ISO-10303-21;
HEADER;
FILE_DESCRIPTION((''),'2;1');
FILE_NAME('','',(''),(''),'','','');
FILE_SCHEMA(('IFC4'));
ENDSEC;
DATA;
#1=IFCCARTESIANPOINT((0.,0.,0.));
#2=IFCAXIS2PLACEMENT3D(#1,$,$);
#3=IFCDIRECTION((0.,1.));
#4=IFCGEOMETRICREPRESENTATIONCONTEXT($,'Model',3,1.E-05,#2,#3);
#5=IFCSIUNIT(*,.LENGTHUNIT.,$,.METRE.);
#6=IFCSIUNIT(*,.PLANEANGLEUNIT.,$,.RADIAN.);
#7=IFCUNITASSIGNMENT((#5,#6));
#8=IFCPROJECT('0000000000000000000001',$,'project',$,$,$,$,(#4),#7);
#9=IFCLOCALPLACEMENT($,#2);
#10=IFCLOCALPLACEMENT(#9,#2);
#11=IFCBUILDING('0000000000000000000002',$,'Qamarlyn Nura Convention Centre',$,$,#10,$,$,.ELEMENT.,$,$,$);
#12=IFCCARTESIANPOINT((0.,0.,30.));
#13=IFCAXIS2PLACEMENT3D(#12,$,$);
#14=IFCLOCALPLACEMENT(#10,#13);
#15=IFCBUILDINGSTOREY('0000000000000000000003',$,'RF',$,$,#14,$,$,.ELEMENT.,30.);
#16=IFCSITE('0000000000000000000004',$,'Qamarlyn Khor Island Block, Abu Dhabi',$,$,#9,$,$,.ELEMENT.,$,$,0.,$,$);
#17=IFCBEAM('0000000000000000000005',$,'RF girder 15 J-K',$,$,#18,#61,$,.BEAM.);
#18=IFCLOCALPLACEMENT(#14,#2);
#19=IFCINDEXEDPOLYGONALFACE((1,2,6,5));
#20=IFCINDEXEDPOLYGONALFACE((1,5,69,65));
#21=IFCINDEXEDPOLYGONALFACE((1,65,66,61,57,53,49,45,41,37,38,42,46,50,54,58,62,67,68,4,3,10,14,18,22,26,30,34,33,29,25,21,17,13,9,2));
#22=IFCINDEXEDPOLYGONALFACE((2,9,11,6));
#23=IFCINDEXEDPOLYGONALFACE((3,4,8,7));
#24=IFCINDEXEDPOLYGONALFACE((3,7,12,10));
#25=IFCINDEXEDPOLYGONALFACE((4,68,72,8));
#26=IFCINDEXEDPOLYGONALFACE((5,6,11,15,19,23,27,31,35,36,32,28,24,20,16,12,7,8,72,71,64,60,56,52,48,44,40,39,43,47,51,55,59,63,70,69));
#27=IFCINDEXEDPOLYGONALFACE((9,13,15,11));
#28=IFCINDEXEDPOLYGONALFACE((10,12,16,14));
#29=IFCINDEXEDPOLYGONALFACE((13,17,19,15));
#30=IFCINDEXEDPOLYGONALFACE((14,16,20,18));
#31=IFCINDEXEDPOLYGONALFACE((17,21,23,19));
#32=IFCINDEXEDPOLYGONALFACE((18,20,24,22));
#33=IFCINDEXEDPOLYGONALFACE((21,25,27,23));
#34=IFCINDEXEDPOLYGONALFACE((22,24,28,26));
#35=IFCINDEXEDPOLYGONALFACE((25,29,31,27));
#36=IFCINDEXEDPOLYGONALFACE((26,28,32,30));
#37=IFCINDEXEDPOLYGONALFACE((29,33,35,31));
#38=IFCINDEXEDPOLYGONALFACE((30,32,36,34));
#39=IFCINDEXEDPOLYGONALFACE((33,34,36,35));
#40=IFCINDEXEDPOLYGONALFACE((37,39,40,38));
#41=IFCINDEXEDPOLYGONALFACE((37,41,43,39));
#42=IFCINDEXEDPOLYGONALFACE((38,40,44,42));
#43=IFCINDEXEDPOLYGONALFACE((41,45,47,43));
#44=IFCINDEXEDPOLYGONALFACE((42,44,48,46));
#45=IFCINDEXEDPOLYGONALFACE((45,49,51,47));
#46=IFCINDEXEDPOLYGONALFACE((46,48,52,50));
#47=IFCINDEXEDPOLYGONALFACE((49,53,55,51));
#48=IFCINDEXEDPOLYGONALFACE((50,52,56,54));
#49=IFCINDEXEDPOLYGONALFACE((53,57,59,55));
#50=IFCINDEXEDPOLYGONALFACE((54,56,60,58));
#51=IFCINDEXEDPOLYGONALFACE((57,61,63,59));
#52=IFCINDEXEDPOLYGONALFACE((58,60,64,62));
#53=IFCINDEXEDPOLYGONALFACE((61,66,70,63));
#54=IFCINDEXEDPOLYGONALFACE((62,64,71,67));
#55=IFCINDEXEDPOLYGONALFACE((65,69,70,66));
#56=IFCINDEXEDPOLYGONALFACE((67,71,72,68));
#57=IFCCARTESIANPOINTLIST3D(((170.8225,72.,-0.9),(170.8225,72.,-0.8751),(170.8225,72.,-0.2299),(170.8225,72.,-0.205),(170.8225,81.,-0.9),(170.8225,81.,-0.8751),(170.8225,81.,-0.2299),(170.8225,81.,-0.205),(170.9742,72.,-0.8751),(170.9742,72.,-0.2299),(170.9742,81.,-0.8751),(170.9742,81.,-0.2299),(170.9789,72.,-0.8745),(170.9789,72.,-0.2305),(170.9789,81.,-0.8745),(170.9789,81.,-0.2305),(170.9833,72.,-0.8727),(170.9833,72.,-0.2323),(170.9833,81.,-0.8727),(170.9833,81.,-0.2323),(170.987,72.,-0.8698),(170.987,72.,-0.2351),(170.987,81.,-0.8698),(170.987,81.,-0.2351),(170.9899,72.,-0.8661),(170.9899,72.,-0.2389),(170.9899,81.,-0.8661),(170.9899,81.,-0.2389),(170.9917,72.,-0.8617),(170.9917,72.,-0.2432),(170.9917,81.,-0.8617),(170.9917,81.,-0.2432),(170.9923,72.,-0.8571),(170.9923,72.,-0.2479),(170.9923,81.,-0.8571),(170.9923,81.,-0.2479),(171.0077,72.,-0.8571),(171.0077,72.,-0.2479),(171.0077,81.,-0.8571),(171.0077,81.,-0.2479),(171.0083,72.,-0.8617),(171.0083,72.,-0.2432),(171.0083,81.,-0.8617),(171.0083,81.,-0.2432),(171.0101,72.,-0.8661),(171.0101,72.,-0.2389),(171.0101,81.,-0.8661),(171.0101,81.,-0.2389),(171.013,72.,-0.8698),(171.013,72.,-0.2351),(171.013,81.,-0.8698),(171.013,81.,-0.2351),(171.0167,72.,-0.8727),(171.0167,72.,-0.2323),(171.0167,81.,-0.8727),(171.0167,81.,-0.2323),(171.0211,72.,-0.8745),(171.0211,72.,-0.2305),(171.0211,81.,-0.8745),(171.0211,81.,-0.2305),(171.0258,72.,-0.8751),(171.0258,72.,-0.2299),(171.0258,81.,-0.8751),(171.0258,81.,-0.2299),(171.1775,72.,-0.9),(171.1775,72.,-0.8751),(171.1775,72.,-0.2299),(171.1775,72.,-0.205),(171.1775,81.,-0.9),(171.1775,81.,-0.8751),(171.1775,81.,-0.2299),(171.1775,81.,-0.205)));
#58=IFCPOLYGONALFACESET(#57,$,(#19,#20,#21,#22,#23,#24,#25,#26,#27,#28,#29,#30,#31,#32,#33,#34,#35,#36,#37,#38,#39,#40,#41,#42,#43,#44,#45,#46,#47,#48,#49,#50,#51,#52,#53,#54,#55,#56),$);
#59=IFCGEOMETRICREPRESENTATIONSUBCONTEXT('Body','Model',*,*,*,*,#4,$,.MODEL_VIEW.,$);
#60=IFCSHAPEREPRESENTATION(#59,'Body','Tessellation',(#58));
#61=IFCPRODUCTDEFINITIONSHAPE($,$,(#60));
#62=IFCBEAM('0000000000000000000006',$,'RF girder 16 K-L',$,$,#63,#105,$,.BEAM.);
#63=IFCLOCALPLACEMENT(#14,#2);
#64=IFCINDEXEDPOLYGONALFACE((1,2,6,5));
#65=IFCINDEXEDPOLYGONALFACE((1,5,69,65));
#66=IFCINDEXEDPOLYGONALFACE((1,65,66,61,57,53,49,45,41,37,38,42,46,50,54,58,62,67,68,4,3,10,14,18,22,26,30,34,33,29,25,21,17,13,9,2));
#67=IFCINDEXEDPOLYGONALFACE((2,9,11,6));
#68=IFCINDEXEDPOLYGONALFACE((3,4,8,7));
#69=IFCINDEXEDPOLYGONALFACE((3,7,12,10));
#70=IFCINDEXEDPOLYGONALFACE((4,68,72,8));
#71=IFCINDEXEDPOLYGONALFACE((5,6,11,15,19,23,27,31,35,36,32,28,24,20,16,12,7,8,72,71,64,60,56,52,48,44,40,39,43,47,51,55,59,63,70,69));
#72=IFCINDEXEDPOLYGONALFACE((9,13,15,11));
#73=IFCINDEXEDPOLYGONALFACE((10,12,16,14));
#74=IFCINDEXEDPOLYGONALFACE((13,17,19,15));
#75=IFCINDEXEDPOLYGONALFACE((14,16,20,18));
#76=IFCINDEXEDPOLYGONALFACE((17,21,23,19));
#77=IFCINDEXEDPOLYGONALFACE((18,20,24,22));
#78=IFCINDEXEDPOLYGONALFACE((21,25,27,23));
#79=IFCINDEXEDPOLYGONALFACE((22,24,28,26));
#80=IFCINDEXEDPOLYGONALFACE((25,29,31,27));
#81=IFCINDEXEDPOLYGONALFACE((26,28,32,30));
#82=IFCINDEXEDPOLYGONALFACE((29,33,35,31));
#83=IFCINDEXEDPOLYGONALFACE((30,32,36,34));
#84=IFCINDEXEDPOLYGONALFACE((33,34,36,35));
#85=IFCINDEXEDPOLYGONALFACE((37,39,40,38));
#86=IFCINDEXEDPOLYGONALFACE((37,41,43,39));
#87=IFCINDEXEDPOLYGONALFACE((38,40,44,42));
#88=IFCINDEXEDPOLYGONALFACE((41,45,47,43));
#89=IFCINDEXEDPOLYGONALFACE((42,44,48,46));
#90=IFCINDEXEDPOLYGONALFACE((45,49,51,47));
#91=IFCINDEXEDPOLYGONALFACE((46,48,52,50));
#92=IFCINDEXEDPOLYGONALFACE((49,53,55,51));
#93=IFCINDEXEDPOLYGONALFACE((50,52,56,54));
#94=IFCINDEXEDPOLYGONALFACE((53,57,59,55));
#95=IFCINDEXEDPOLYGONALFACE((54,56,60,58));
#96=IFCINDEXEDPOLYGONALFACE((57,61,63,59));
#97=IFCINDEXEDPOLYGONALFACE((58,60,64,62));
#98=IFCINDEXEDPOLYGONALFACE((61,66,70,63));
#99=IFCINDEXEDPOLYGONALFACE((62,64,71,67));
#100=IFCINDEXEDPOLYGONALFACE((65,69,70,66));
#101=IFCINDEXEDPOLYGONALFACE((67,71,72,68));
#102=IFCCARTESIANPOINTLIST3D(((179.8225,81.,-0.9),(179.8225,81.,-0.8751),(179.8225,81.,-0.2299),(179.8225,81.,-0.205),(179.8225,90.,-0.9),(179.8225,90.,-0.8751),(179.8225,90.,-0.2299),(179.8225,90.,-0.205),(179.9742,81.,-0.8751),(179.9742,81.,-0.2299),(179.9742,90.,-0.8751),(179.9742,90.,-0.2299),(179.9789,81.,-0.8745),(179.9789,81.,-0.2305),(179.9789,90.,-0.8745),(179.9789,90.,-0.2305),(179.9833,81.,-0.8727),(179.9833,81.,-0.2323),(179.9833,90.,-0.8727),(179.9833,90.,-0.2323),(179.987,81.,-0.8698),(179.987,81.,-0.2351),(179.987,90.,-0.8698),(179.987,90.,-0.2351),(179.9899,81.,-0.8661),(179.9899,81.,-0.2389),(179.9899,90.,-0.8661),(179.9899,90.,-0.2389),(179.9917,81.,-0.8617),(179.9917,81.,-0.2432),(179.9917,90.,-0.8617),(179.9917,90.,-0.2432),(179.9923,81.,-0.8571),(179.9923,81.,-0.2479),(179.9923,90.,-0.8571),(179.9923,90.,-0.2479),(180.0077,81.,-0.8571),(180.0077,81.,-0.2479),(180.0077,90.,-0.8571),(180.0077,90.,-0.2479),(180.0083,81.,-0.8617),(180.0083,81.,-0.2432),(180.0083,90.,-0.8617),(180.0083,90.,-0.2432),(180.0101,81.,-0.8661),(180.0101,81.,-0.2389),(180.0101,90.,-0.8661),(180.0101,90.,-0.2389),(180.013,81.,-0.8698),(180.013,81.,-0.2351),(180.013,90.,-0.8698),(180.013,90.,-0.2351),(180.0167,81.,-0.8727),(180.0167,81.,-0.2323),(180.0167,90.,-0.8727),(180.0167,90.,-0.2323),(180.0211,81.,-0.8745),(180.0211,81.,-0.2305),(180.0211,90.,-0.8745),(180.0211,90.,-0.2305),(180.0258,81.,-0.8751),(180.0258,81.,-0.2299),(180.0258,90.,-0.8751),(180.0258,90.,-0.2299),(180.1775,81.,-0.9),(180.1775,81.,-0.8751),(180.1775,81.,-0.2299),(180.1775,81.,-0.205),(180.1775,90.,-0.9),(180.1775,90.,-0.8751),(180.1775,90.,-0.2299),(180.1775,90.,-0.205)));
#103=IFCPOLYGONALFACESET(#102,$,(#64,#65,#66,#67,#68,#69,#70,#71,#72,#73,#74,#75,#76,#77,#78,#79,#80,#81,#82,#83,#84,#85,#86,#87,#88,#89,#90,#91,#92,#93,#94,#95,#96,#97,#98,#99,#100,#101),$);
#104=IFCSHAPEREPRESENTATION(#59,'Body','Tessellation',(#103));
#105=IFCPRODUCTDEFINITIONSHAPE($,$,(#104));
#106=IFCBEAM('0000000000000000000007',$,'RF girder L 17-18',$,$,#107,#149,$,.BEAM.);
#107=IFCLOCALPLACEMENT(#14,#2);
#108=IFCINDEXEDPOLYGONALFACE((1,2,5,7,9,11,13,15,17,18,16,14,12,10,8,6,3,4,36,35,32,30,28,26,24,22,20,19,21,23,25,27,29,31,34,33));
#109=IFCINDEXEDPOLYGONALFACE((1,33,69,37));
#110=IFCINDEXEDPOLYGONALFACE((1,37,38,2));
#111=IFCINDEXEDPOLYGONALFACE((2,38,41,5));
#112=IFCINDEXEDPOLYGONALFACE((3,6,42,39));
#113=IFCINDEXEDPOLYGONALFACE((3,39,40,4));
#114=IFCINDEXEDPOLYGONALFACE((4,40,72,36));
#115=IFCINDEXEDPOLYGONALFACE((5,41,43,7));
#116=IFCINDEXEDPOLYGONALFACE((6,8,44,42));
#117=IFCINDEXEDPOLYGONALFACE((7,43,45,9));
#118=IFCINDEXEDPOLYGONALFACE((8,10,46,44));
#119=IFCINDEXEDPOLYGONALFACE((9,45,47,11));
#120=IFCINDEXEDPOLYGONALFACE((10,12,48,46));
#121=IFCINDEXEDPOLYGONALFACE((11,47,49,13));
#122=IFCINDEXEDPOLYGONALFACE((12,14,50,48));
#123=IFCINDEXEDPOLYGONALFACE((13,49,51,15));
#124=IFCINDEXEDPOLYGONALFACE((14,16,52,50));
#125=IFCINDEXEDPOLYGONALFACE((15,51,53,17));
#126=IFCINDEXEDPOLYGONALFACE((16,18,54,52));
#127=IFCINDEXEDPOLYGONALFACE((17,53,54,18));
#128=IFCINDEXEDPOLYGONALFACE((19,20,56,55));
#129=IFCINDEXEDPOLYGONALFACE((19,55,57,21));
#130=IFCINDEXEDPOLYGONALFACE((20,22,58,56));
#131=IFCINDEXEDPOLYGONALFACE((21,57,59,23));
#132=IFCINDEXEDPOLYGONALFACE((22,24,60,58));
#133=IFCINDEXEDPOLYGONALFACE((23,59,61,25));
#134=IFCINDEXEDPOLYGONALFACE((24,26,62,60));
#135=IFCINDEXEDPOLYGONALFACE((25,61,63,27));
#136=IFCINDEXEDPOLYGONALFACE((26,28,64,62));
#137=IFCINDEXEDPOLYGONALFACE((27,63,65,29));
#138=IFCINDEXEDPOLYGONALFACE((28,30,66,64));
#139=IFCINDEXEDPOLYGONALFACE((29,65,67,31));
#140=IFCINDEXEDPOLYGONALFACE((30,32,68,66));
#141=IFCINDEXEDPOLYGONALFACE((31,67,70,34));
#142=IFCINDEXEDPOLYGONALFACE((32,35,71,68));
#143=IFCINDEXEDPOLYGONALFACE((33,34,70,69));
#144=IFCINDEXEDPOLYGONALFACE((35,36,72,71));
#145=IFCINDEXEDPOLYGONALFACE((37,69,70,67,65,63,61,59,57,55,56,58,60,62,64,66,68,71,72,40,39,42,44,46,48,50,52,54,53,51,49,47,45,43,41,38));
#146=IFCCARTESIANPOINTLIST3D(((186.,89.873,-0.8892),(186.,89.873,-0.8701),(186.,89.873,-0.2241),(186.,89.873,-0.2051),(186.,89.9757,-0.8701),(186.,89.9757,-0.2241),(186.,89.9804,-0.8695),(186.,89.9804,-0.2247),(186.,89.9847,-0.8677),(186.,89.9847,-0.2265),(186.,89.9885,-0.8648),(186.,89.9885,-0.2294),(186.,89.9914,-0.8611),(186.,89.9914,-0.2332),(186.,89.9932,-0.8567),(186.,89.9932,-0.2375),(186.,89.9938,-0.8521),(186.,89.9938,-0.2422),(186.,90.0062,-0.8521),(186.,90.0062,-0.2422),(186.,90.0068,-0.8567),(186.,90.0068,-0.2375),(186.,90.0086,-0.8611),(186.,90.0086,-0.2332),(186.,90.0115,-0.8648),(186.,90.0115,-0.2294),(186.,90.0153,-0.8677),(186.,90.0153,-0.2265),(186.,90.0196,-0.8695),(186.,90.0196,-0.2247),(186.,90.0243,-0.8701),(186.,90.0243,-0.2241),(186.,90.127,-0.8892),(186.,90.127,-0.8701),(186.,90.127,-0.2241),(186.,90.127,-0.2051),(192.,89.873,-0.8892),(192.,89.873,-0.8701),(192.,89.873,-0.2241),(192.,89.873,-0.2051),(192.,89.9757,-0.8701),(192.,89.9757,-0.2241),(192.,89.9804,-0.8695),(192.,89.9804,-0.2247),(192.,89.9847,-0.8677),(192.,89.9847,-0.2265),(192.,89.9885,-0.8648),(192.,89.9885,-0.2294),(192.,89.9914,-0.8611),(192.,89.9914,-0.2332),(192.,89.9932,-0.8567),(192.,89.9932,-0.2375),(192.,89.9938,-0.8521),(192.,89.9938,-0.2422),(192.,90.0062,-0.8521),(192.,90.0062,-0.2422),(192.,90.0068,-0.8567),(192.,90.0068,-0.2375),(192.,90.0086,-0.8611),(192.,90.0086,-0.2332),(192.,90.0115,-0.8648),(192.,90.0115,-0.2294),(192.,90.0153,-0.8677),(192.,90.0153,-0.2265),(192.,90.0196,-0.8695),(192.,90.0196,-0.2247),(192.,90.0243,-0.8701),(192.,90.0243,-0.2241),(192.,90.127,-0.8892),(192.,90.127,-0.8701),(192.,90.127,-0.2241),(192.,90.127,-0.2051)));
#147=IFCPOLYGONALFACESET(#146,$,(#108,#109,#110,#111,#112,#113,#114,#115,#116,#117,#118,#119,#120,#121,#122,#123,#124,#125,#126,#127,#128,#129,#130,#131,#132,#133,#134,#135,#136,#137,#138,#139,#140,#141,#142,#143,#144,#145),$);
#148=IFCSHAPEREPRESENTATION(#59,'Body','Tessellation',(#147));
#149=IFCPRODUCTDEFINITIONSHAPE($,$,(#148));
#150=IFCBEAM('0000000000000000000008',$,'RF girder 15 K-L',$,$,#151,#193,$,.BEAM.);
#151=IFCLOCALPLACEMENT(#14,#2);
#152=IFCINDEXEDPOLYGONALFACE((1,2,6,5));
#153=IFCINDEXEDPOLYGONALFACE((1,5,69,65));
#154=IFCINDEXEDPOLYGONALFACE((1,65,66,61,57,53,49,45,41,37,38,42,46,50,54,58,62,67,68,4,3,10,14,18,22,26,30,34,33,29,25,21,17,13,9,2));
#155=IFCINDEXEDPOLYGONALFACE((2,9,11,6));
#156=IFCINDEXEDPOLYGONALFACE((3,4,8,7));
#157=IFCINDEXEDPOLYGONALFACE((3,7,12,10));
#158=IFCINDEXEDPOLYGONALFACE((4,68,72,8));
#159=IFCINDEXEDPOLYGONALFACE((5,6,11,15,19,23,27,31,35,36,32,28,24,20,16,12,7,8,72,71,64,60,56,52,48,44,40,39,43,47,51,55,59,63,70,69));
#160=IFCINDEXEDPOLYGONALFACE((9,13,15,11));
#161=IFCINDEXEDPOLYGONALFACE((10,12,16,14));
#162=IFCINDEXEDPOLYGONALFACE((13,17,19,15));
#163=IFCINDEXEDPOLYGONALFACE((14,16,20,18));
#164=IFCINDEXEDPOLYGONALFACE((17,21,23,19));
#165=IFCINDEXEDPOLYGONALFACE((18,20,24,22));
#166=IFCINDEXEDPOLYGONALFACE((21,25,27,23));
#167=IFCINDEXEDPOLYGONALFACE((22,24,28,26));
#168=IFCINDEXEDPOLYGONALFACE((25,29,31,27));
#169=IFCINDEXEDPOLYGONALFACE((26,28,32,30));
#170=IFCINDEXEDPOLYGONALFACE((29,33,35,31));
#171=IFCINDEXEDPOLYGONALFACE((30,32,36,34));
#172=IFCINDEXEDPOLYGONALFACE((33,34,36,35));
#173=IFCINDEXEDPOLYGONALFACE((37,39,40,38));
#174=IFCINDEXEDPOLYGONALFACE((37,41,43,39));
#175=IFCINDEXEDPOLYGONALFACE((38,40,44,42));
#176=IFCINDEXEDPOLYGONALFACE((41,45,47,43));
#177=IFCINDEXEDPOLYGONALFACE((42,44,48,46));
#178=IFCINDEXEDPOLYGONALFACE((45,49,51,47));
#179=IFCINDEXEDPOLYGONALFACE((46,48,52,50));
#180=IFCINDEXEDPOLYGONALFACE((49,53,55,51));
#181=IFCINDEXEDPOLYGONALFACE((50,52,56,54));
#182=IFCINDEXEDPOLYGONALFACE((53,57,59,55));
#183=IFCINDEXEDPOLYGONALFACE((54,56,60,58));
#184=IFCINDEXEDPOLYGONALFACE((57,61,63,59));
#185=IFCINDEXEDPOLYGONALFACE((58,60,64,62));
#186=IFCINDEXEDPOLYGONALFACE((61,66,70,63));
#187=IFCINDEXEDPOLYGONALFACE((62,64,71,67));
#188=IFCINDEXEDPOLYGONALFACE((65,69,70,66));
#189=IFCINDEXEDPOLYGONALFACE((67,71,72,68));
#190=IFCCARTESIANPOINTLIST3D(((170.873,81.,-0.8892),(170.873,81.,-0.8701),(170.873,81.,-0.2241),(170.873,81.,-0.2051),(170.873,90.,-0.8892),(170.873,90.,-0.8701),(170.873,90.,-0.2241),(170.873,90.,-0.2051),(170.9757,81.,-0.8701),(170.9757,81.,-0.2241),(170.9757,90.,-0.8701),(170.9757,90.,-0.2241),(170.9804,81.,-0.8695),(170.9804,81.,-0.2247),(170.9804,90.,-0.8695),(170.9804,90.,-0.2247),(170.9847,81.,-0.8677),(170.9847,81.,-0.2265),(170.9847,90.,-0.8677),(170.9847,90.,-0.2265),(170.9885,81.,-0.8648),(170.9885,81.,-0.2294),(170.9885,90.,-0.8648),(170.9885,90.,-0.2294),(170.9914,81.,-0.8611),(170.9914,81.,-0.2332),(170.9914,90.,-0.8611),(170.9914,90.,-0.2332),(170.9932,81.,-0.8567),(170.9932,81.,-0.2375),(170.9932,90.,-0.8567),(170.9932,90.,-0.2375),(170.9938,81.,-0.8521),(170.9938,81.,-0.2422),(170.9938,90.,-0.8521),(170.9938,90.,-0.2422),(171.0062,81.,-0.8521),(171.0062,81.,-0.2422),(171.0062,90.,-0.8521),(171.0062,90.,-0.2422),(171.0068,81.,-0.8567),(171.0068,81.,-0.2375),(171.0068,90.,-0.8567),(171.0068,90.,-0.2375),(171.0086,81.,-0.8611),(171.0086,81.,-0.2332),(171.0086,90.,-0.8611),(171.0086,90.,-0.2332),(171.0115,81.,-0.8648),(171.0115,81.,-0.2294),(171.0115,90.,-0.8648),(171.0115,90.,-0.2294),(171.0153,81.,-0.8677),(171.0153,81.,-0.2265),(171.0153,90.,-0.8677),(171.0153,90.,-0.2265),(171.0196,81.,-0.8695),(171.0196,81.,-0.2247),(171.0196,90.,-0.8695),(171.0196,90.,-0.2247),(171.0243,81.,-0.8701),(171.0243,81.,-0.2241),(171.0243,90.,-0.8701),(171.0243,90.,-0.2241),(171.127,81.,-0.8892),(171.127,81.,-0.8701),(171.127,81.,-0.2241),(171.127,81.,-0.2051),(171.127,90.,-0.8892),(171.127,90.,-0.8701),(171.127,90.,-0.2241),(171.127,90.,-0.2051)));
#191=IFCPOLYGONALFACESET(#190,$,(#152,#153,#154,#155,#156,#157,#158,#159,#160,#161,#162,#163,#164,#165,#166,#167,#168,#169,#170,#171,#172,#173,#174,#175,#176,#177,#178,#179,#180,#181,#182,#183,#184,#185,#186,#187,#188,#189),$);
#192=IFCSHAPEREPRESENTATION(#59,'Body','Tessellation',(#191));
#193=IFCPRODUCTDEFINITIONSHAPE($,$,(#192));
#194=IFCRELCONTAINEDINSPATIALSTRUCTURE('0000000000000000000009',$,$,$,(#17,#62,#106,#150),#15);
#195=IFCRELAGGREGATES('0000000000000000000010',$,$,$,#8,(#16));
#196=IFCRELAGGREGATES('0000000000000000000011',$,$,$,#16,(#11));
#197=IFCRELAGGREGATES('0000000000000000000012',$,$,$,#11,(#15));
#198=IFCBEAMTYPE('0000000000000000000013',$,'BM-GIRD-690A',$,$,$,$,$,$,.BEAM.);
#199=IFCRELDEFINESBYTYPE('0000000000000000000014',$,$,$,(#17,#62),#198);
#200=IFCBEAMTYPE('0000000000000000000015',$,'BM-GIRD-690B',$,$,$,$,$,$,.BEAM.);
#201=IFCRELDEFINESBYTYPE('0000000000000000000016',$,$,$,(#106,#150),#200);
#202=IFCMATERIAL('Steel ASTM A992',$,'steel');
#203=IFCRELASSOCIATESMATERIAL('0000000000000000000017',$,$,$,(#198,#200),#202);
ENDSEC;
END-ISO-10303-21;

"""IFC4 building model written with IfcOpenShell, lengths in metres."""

from ifc_helpers import new_model, si_unit, direction, frame, origin, origin_2d, place, context, subcontext, project, spatial, i_section, extrude, material, material_profile, profile_set, type_object, element, save


model = new_model("IFC4")

# Units and contexts
model_context = context("Model", 3, precision=1e-05, world=origin(), true_north=direction((0.0, 1.0)))
body_context = subcontext(model_context, "Body", "Model", "MODEL_VIEW")
ifc_project = project(units=[si_unit("LENGTHUNIT", "METRE"), si_unit("PLANEANGLEUNIT", "RADIAN")], contexts=[model_context])

# Site, building, storey
site_placement = place(None, origin())
site = spatial("IfcSite", under=ifc_project, at=site_placement, Name="Qamarlyn Khor Island Block, Abu Dhabi", CompositionType="ELEMENT", RefElevation=0.0)
building_placement = place(site_placement, origin())
building = spatial("IfcBuilding", under=site, at=building_placement, Name="Qamarlyn Nura Convention Centre", CompositionType="ELEMENT")
storey_placement = place(building_placement, frame((0.0, 0.0, 30.0)))
storey = spatial("IfcBuildingStorey", under=building, at=storey_placement, Name="RF", CompositionType="ELEMENT", Elevation=30.0)

# Beams
ifc_material_1 = material(Name="Steel ASTM A992", Category="steel")
ifc_material_profile_1 = material_profile(ifc_material_1, i_section(OverallWidth=0.355, OverallDepth=0.6951, WebThickness=0.0154, FlangeThickness=0.0249, FilletRadius=0.0181, at=origin_2d()), Name="W690X217")
ifc_profile_set_1 = profile_set([ifc_material_profile_1], Name="Steel ASTM A992")
beam_type_1 = type_object("IfcBeamType", Name="BM-GIRD-690A", PredefinedType="BEAM", material=ifc_profile_set_1)
for number, where, z_axis, x_axis, name in (
    (1, (171.0, 72.0, -0.5525), (0.0, 1.0, 0.0), (-1.0, 0.0, 0.0), "RF girder 15 J-K"),
    (2, (180.0, 81.0, -0.5525), (0.0, 1.0, 0.0), (-1.0, 0.0, 0.0), "RF girder 16 K-L"),
):
    element("IfcBeam", number, at=place(storey_placement, frame(where, z_axis=z_axis, x_axis=x_axis)), inside=storey, type_object=beam_type_1, Name=name, PredefinedType="BEAM", context=body_context, shape_type="SweptSolid", body=[
        extrude(i_section(OverallWidth=0.355, OverallDepth=0.6951, WebThickness=0.0154, FlangeThickness=0.0249, FilletRadius=0.0181, at=origin_2d()), origin(), (0.0, 0.0, 1.0), 9.0),
    ])
ifc_material_profile_2 = material_profile(ifc_material_1, i_section(OverallWidth=0.2539, OverallDepth=0.6841, WebThickness=0.0125, FlangeThickness=0.019, FilletRadius=0.0181, at=origin_2d()), Name="W690X140")
ifc_profile_set_2 = profile_set([ifc_material_profile_2], Name="Steel ASTM A992")
beam_type_2 = type_object("IfcBeamType", Name="BM-GIRD-690B", PredefinedType="BEAM", material=ifc_profile_set_2)
beam_1_placement = place(storey_placement, frame((186.0, 90.0, -0.5471), z_axis=(1.0, 0.0, 0.0), x_axis=(0.0, 1.0, 0.0)))
element("IfcBeam", 3, at=beam_1_placement, inside=storey, type_object=beam_type_2, Name="RF girder L 17-18", PredefinedType="BEAM", context=body_context, shape_type="SweptSolid", body=[
    extrude(i_section(OverallWidth=0.2539, OverallDepth=0.6841, WebThickness=0.0125, FlangeThickness=0.019, FilletRadius=0.0181, at=origin_2d()), origin(), (0.0, 0.0, 1.0), 6.0),
])
beam_2_placement = place(storey_placement, frame((171.0, 81.0, -0.5471), z_axis=(0.0, 1.0, 0.0), x_axis=(-1.0, 0.0, 0.0)))
element("IfcBeam", 4, at=beam_2_placement, inside=storey, type_object=beam_type_2, Name="RF girder 15 K-L", PredefinedType="BEAM", context=body_context, shape_type="SweptSolid", body=[
    extrude(i_section(OverallWidth=0.2539, OverallDepth=0.6841, WebThickness=0.0125, FlangeThickness=0.019, FilletRadius=0.0181, at=origin_2d()), origin(), (0.0, 0.0, 1.0), 9.0),
])

save(model, "model.ifc")
